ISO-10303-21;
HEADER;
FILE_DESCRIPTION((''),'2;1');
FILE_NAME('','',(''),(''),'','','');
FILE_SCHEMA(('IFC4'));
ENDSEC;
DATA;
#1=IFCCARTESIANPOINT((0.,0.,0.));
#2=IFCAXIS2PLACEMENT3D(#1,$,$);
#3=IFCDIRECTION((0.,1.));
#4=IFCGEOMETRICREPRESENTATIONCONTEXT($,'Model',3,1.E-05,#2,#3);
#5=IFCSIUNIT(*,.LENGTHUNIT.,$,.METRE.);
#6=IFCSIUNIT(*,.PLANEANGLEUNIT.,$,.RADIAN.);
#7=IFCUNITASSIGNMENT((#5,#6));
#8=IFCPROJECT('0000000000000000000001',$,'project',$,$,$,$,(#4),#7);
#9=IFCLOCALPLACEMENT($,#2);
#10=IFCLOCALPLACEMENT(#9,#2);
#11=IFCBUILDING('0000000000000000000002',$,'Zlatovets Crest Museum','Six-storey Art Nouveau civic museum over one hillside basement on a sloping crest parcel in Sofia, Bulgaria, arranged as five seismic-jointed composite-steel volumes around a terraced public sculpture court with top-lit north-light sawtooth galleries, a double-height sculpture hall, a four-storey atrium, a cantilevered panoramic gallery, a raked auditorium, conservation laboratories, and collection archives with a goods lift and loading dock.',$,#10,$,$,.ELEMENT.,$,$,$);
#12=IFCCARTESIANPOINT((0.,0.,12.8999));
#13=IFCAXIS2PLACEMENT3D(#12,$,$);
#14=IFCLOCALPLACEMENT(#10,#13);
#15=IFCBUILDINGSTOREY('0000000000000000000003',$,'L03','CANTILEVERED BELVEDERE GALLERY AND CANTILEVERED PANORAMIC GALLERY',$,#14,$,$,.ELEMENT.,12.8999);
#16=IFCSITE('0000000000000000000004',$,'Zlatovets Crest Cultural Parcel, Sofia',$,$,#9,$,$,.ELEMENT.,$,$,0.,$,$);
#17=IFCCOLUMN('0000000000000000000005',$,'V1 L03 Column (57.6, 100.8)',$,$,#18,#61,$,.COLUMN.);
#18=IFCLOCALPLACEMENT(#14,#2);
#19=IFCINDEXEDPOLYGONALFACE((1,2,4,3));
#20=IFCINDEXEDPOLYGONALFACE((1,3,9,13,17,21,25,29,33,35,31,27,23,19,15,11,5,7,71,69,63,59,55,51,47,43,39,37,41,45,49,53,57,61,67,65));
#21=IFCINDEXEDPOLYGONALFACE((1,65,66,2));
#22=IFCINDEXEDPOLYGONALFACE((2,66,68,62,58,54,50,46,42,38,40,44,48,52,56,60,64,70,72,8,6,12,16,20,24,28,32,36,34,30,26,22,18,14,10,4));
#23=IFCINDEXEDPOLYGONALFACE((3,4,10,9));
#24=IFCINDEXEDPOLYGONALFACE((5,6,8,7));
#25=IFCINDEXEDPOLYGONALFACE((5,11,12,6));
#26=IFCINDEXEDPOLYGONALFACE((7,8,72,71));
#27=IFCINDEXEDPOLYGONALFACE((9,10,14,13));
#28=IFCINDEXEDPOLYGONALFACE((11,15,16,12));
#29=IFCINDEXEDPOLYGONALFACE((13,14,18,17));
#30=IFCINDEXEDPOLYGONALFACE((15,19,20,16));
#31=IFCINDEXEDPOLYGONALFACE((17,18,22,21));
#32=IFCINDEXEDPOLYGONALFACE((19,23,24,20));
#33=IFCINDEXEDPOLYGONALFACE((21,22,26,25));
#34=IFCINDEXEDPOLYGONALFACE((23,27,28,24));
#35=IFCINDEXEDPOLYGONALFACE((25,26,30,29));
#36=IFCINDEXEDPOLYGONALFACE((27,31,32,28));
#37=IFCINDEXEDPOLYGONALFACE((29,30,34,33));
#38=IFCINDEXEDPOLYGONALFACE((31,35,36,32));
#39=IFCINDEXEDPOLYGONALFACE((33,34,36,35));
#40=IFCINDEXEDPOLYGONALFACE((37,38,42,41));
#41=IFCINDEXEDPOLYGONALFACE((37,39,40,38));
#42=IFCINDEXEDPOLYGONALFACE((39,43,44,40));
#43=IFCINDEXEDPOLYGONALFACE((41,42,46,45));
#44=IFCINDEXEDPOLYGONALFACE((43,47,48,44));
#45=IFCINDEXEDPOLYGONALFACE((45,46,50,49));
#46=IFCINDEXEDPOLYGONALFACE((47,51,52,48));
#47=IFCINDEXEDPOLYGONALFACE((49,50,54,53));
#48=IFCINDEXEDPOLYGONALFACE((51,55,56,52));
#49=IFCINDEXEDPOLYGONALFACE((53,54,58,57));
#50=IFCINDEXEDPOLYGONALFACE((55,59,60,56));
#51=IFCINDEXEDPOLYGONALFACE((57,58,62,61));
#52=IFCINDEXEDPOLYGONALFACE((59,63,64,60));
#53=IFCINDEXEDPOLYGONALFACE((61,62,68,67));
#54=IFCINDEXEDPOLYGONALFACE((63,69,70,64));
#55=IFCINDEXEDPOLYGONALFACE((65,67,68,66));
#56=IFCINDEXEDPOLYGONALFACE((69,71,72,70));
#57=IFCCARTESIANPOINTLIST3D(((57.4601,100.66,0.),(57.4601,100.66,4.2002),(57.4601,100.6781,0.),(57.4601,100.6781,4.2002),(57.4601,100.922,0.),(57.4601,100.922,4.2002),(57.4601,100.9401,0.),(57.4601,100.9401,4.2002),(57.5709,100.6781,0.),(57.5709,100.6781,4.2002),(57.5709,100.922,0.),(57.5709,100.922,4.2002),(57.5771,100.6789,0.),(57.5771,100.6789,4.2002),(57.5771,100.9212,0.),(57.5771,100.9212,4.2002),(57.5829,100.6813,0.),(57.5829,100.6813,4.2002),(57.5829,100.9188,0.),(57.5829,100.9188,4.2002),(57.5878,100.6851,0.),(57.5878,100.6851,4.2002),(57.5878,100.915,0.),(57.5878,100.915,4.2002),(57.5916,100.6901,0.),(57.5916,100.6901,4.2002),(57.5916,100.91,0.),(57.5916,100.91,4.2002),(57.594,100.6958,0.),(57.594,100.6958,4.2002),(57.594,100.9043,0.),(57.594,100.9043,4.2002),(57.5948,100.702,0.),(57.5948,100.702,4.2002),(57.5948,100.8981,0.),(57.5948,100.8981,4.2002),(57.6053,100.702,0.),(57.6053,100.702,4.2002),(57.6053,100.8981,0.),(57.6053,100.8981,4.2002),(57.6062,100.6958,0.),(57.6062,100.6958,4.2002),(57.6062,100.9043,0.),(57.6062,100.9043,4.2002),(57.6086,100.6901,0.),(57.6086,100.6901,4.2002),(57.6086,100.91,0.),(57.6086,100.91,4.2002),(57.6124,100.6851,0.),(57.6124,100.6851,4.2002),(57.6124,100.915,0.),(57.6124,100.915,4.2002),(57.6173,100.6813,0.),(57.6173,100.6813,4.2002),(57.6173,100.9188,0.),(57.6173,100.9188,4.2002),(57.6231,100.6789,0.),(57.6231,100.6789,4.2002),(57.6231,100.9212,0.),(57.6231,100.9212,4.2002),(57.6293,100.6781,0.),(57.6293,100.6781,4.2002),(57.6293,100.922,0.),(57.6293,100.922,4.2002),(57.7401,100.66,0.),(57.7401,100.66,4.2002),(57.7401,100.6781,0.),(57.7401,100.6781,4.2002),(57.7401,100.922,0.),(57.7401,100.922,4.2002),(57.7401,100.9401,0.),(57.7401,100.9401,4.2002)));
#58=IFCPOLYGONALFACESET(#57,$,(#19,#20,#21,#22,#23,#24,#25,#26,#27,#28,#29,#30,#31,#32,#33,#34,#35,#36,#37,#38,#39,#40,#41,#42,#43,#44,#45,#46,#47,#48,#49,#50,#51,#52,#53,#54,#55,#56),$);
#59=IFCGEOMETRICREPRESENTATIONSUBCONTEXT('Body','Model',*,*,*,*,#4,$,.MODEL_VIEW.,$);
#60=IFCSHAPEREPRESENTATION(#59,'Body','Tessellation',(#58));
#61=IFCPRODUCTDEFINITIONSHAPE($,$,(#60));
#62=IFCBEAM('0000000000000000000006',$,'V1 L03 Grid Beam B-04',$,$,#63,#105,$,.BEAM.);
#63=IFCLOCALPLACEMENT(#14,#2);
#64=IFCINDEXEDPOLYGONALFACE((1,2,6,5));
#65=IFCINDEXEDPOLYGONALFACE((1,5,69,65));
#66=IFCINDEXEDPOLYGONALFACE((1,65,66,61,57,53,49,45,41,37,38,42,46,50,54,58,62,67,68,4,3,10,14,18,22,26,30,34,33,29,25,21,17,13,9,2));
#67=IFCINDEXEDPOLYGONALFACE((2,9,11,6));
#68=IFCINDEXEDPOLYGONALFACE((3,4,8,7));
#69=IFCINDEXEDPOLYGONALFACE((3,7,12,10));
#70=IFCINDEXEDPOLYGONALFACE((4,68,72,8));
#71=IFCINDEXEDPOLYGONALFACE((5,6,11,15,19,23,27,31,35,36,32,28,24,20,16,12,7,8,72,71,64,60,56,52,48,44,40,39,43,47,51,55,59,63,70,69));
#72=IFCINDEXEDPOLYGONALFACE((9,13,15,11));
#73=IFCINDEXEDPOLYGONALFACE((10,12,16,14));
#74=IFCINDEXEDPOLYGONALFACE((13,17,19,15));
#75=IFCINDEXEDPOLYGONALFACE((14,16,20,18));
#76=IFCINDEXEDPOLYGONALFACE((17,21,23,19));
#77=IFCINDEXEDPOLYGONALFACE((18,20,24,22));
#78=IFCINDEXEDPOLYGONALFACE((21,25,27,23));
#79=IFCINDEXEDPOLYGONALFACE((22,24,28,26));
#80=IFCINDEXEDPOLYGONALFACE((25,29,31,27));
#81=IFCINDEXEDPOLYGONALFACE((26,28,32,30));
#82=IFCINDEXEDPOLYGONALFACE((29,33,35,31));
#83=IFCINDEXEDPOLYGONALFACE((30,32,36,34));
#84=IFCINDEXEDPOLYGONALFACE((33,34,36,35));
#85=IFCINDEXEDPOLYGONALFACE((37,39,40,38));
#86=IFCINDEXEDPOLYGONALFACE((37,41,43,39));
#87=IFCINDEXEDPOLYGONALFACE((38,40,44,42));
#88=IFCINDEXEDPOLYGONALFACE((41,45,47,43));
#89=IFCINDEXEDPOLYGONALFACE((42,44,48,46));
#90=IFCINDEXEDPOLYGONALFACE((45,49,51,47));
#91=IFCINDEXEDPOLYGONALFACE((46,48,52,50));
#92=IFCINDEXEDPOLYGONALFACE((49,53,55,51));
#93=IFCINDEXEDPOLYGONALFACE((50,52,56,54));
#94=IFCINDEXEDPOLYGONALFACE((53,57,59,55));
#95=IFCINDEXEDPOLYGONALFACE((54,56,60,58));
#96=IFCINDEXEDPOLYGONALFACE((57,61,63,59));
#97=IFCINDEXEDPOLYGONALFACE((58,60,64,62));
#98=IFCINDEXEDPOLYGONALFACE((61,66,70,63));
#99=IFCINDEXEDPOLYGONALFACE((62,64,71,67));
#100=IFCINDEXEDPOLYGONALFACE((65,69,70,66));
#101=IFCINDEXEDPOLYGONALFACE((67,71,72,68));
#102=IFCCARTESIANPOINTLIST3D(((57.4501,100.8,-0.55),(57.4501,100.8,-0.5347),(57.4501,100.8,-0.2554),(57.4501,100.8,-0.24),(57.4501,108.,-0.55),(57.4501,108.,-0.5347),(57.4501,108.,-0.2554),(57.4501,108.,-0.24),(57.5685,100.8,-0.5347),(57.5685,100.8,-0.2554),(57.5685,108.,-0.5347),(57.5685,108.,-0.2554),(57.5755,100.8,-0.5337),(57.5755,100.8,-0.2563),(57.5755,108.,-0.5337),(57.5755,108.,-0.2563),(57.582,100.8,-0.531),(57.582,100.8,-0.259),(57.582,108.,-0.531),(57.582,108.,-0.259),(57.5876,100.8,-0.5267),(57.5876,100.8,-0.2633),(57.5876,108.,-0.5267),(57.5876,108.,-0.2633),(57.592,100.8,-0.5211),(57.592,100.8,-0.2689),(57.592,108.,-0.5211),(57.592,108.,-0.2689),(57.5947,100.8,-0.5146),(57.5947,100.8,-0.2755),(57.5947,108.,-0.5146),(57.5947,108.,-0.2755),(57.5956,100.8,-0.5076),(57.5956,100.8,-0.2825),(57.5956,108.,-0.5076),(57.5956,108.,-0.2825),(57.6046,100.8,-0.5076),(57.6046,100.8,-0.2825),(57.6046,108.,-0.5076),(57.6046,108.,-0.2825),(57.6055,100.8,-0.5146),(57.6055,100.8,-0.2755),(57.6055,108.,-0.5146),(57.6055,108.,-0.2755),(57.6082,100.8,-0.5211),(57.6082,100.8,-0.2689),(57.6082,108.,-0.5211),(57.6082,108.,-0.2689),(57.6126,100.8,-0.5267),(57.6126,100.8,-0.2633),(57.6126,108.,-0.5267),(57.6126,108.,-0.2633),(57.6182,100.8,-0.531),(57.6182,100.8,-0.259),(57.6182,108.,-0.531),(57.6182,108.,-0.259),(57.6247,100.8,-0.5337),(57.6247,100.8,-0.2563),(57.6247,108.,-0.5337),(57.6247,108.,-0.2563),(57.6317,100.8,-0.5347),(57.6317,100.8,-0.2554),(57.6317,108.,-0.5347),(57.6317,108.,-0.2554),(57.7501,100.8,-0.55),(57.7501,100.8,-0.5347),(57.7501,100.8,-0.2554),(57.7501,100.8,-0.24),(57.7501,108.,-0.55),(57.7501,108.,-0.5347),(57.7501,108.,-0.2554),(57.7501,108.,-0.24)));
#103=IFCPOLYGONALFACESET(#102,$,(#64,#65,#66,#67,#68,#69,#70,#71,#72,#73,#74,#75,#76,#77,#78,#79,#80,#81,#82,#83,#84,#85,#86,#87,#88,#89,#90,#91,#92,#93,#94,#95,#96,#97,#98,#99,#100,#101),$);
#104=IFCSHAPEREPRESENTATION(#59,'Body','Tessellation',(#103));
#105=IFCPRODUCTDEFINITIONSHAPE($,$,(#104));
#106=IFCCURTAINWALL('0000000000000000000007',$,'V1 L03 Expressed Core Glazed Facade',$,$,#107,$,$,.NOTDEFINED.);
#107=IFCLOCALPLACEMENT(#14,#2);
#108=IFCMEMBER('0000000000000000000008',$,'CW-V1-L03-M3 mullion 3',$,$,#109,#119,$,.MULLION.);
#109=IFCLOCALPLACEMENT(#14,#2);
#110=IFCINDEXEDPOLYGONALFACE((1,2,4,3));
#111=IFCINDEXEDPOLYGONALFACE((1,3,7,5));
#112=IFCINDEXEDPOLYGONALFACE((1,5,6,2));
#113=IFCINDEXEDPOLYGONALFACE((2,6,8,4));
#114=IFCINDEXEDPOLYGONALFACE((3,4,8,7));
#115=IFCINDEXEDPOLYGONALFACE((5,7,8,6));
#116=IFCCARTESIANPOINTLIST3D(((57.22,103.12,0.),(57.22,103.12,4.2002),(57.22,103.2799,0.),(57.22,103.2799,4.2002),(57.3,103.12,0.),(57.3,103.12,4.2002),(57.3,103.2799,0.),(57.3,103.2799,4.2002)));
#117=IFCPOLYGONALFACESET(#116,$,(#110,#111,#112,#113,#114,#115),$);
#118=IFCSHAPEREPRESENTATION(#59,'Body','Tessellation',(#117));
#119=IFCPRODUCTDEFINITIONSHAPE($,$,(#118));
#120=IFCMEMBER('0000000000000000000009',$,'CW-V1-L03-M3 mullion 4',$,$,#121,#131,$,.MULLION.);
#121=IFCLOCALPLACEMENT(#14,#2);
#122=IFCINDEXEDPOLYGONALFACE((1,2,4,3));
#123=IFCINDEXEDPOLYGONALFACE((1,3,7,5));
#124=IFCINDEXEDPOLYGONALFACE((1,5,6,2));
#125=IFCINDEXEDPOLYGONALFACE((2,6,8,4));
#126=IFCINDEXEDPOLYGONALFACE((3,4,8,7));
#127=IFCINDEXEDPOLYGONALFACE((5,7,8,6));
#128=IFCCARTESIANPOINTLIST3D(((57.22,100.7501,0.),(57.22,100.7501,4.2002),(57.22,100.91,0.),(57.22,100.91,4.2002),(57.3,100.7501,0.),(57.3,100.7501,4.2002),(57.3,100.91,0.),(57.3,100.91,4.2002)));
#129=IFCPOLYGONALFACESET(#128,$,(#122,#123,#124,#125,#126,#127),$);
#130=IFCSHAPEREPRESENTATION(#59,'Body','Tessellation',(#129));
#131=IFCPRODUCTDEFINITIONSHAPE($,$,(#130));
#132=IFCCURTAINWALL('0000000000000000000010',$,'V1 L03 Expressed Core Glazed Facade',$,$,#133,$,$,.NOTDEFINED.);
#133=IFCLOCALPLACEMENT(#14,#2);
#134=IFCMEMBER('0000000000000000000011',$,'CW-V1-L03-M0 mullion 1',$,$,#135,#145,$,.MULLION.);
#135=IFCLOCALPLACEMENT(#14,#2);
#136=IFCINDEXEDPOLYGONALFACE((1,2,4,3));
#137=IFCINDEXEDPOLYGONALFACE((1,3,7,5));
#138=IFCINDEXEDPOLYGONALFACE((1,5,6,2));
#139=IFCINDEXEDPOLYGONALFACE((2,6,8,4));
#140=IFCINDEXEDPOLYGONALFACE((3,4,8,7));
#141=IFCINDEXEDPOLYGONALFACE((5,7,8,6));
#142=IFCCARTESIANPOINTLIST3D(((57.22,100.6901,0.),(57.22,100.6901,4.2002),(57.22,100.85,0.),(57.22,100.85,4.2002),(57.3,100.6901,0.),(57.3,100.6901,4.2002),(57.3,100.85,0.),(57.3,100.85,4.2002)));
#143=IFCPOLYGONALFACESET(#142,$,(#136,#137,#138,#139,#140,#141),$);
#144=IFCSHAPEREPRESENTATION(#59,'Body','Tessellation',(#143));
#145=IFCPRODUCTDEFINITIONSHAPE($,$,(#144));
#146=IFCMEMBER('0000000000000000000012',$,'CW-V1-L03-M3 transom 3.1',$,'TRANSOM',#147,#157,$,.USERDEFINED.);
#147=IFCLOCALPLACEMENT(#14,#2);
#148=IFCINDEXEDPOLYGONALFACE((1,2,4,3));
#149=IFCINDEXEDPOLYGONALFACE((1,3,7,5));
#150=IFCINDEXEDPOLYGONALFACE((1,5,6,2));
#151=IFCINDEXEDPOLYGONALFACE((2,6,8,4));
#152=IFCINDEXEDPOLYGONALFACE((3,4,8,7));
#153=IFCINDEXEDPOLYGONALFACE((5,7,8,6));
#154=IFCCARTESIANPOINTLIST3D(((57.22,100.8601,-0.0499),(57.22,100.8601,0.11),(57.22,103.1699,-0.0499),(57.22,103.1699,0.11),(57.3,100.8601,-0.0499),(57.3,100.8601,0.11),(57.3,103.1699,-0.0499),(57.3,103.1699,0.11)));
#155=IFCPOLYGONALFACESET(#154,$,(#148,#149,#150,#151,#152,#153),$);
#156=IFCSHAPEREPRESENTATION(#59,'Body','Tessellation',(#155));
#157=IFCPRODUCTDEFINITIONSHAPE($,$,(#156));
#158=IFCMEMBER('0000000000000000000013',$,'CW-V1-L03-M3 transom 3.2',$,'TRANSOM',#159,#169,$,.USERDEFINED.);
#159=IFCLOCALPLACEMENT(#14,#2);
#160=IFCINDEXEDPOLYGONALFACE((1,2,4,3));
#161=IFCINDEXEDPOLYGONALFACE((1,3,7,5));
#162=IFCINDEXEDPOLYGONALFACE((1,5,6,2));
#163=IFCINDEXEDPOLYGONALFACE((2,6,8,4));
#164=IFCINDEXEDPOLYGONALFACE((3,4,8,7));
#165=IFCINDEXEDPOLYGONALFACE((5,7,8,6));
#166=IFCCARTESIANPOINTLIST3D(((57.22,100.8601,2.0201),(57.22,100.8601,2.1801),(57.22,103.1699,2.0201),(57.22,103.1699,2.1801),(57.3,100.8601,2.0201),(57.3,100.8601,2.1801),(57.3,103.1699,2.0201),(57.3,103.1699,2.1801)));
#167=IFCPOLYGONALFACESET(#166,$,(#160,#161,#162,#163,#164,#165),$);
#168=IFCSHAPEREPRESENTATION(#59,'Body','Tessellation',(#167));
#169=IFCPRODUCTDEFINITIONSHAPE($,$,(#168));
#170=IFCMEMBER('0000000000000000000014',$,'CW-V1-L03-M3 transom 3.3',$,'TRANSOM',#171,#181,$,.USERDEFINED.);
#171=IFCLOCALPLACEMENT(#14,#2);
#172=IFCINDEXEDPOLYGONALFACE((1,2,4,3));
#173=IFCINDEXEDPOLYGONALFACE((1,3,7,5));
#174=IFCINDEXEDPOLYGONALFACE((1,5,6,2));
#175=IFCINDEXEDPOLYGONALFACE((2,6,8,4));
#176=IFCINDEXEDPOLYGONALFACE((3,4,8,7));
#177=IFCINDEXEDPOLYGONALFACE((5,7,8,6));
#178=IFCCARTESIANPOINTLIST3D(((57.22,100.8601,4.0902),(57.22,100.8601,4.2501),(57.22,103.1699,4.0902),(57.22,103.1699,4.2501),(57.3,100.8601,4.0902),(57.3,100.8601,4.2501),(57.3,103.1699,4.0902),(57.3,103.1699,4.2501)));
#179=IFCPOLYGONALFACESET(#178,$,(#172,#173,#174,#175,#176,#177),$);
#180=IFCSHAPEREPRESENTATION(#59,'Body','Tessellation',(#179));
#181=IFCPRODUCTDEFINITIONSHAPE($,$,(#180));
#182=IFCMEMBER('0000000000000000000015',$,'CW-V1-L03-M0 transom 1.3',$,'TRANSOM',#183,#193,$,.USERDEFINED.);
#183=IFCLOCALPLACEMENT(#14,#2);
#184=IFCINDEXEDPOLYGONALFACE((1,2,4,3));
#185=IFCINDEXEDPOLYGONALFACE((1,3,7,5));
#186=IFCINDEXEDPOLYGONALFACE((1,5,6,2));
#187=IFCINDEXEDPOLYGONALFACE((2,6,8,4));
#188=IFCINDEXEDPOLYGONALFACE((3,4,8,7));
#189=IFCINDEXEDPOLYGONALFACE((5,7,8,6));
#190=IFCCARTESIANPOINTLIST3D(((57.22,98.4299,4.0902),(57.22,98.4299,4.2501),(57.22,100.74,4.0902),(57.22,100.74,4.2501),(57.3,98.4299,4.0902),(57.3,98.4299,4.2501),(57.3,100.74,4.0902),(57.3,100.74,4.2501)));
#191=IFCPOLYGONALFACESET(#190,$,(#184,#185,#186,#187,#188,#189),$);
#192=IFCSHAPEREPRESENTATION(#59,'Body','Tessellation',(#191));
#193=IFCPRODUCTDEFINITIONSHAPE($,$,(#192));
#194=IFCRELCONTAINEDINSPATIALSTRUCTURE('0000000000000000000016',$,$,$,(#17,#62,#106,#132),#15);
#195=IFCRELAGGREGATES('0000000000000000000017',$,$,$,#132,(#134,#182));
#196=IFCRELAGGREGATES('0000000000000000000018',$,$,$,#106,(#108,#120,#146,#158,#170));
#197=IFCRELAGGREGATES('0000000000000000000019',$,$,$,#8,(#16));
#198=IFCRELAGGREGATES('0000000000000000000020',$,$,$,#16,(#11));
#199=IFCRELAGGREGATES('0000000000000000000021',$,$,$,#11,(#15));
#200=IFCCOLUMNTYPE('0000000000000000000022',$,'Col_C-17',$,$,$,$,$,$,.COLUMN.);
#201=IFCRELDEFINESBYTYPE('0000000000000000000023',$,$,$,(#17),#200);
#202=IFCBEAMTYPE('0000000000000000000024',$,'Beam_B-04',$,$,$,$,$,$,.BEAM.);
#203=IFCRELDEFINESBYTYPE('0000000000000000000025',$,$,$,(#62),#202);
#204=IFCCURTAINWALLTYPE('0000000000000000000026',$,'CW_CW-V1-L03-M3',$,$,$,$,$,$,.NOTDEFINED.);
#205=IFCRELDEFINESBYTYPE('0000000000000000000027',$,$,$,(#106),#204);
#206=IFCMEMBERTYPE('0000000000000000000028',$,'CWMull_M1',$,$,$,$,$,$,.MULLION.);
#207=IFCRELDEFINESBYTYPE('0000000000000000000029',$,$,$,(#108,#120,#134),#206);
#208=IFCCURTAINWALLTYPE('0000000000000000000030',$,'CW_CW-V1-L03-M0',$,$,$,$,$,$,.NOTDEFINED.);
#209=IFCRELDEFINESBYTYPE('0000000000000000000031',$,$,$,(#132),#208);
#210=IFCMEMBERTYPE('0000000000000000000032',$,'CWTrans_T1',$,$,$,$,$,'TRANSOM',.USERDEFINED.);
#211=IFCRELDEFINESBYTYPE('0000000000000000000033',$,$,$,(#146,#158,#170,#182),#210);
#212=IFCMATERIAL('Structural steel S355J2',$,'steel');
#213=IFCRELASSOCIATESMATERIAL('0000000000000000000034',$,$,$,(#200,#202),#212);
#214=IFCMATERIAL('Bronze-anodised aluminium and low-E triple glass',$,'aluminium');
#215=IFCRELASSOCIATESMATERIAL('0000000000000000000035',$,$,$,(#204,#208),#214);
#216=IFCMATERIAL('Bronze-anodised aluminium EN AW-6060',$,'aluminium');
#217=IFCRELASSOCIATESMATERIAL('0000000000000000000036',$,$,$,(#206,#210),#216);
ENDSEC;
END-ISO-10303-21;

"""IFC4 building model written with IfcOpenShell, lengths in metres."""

from ifc_helpers import new_model, si_unit, direction, frame, origin, origin_2d, place, context, subcontext, project, spatial, rectangle, i_section, extrude, material, material_profile, profile_set, type_object, element, aggregate, save


model = new_model("IFC4")

# Units and contexts
model_context = context("Model", 3, precision=1e-05, world=origin(), true_north=direction((0.0, 1.0)))
body_context = subcontext(model_context, "Body", "Model", "MODEL_VIEW")
ifc_project = project(units=[si_unit("LENGTHUNIT", "METRE"), si_unit("PLANEANGLEUNIT", "RADIAN")], contexts=[model_context])

# Site, building, storey
site_placement = place(None, origin())
site = spatial("IfcSite", under=ifc_project, at=site_placement, Name="Zlatovets Crest Cultural Parcel, Sofia", CompositionType="ELEMENT", RefElevation=0.0)
building_placement = place(site_placement, origin())
building = spatial("IfcBuilding", under=site, at=building_placement, Name="Zlatovets Crest Museum", Description="Six-storey Art Nouveau civic museum over one hillside basement on a sloping crest parcel in Sofia, Bulgaria, arranged as five seismic-jointed composite-steel volumes around a terraced public sculpture court with top-lit north-light sawtooth galleries, a double-height sculpture hall, a four-storey atrium, a cantilevered panoramic gallery, a raked auditorium, conservation laboratories, and collection archives with a goods lift and loading dock.", CompositionType="ELEMENT")
storey_placement = place(building_placement, frame((0.0, 0.0, 12.8999)))
storey = spatial("IfcBuildingStorey", under=building, at=storey_placement, Name="L03", Description="CANTILEVERED BELVEDERE GALLERY AND CANTILEVERED PANORAMIC GALLERY", CompositionType="ELEMENT", Elevation=12.8999)

# Column
ifc_material_1 = material(Name="Structural steel S355J2", Category="steel")
ifc_material_profile_1 = material_profile(ifc_material_1, i_section(OverallWidth=0.28, OverallDepth=0.28, WebThickness=0.0105, FlangeThickness=0.0181, FilletRadius=0.0239, at=origin_2d()), Name="HEB 280")
ifc_profile_set_1 = profile_set([ifc_material_profile_1], Name="Structural steel S355J2")
column_type = type_object("IfcColumnType", Name="Col_C-17", PredefinedType="COLUMN", material=ifc_profile_set_1)
column_placement = place(storey_placement, frame((57.6001, 100.8, 0.0), z_axis=(0.0, 0.0, 1.0), x_axis=(1.0, 0.0, 0.0)))
element("IfcColumn", 1, at=column_placement, inside=storey, type_object=column_type, Name="V1 L03 Column (57.6, 100.8)", PredefinedType="COLUMN", context=body_context, shape_type="SweptSolid", body=[
    extrude(i_section(OverallWidth=0.28, OverallDepth=0.28, WebThickness=0.0105, FlangeThickness=0.0181, FilletRadius=0.0239, at=origin_2d()), origin(), (0.0, 0.0, 1.0), 4.2002),
])

# Beam
ifc_material_profile_2 = material_profile(ifc_material_1, i_section(OverallWidth=0.3, OverallDepth=0.3101, WebThickness=0.009, FlangeThickness=0.0154, FilletRadius=0.0271, at=origin_2d()), Name="HEA 320")
ifc_profile_set_2 = profile_set([ifc_material_profile_2], Name="Structural steel S355J2")
beam_type = type_object("IfcBeamType", Name="Beam_B-04", PredefinedType="BEAM", material=ifc_profile_set_2)
beam_placement = place(storey_placement, frame((57.6001, 100.8, -0.395), z_axis=(0.0, 1.0, 0.0), x_axis=(-1.0, 0.0, 0.0)))
element("IfcBeam", 2, at=beam_placement, inside=storey, type_object=beam_type, Name="V1 L03 Grid Beam B-04", PredefinedType="BEAM", context=body_context, shape_type="SweptSolid", body=[
    extrude(i_section(OverallWidth=0.3, OverallDepth=0.3101, WebThickness=0.009, FlangeThickness=0.0154, FilletRadius=0.0271, at=origin_2d()), origin(), (0.0, 0.0, 1.0), 7.2),
])

# Curtain wall, members
ifc_material_2 = material(Name="Bronze-anodised aluminium and low-E triple glass", Category="aluminium")
curtain_wall_type_1 = type_object("IfcCurtainWallType", Name="CW_CW-V1-L03-M3", PredefinedType="NOTDEFINED", material=ifc_material_2)
curtain_wall_1_placement = place(storey_placement, origin())
curtain_wall_1 = element("IfcCurtainWall", 3, at=curtain_wall_1_placement, inside=storey, type_object=curtain_wall_type_1, Name="V1 L03 Expressed Core Glazed Facade", PredefinedType="NOTDEFINED")
ifc_material_3 = material(Name="Bronze-anodised aluminium EN AW-6060", Category="aluminium")
ifc_material_profile_3 = material_profile(ifc_material_3, rectangle(XDim=0.0801, YDim=0.1599, at=origin_2d()), Name="ALU 80x160")
ifc_profile_set_3 = profile_set([ifc_material_profile_3], Name="Bronze-anodised aluminium EN AW-6060")
member_type_1 = type_object("IfcMemberType", Name="CWMull_M1", PredefinedType="MULLION", material=ifc_profile_set_3)
member_1_placement = place(storey_placement, frame((57.26, 103.2, 0.0), z_axis=(0.0, 0.0, 1.0), x_axis=(1.0, 0.0, 0.0)))
member_1 = element("IfcMember", 4, at=member_1_placement, type_object=member_type_1, Name="CW-V1-L03-M3 mullion 3", PredefinedType="MULLION", context=body_context, shape_type="SweptSolid", body=[
    extrude(rectangle(XDim=0.0801, YDim=0.1599, at=origin_2d()), origin(), (0.0, 0.0, 1.0), 4.2002),
])
member_2_placement = place(storey_placement, frame((57.26, 100.8301, 0.0), z_axis=(0.0, 0.0, 1.0), x_axis=(1.0, 0.0, 0.0)))
member_2 = element("IfcMember", 5, at=member_2_placement, type_object=member_type_1, Name="CW-V1-L03-M3 mullion 4", PredefinedType="MULLION", context=body_context, shape_type="SweptSolid", body=[
    extrude(rectangle(XDim=0.0801, YDim=0.1599, at=origin_2d()), origin(), (0.0, 0.0, 1.0), 4.2002),
])

# Curtain wall, member
curtain_wall_type_2 = type_object("IfcCurtainWallType", Name="CW_CW-V1-L03-M0", PredefinedType="NOTDEFINED", material=ifc_material_2)
curtain_wall_2_placement = place(storey_placement, origin())
curtain_wall_2 = element("IfcCurtainWall", 6, at=curtain_wall_2_placement, inside=storey, type_object=curtain_wall_type_2, Name="V1 L03 Expressed Core Glazed Facade", PredefinedType="NOTDEFINED")
member_3_placement = place(storey_placement, frame((57.26, 100.77, 0.0), z_axis=(0.0, 0.0, 1.0), x_axis=(1.0, 0.0, 0.0)))
member_3 = element("IfcMember", 7, at=member_3_placement, type_object=member_type_1, Name="CW-V1-L03-M0 mullion 1", PredefinedType="MULLION", context=body_context, shape_type="SweptSolid", body=[
    extrude(rectangle(XDim=0.0801, YDim=0.1599, at=origin_2d()), origin(), (0.0, 0.0, 1.0), 4.2002),
])

# Members
ifc_material_profile_4 = material_profile(ifc_material_3, rectangle(XDim=0.0801, YDim=0.1599, at=origin_2d()), Name="ALU 80x160")
ifc_profile_set_4 = profile_set([ifc_material_profile_4], Name="Bronze-anodised aluminium EN AW-6060")
member_type_2 = type_object("IfcMemberType", Name="CWTrans_T1", ElementType="TRANSOM", PredefinedType="USERDEFINED", material=ifc_profile_set_4)
member_4_placement = place(storey_placement, frame((57.26, 103.1699, 0.03), z_axis=(0.0, -1.0, 0.0), x_axis=(1.0, 0.0, 0.0)))
member_4 = element("IfcMember", 8, at=member_4_placement, type_object=member_type_2, Name="CW-V1-L03-M3 transom 3.1", ObjectType="TRANSOM", PredefinedType="USERDEFINED", context=body_context, shape_type="SweptSolid", body=[
    extrude(rectangle(XDim=0.0801, YDim=0.1599, at=origin_2d()), origin(), (0.0, 0.0, 1.0), 2.3098),
])
member_5_placement = place(storey_placement, frame((57.26, 103.1699, 2.1001), z_axis=(0.0, -1.0, 0.0), x_axis=(1.0, 0.0, 0.0)))
member_5 = element("IfcMember", 9, at=member_5_placement, type_object=member_type_2, Name="CW-V1-L03-M3 transom 3.2", ObjectType="TRANSOM", PredefinedType="USERDEFINED", context=body_context, shape_type="SweptSolid", body=[
    extrude(rectangle(XDim=0.0801, YDim=0.1599, at=origin_2d()), origin(), (0.0, 0.0, 1.0), 2.3098),
])
member_6_placement = place(storey_placement, frame((57.26, 103.1699, 4.1702), z_axis=(0.0, -1.0, 0.0), x_axis=(1.0, 0.0, 0.0)))
member_6 = element("IfcMember", 10, at=member_6_placement, type_object=member_type_2, Name="CW-V1-L03-M3 transom 3.3", ObjectType="TRANSOM", PredefinedType="USERDEFINED", context=body_context, shape_type="SweptSolid", body=[
    extrude(rectangle(XDim=0.0801, YDim=0.1599, at=origin_2d()), origin(), (0.0, 0.0, 1.0), 2.3098),
])
member_7_placement = place(storey_placement, frame((57.26, 100.74, 4.1702), z_axis=(0.0, -1.0, 0.0), x_axis=(1.0, 0.0, 0.0)))
member_7 = element("IfcMember", 11, at=member_7_placement, type_object=member_type_2, Name="CW-V1-L03-M0 transom 1.3", ObjectType="TRANSOM", PredefinedType="USERDEFINED", context=body_context, shape_type="SweptSolid", body=[
    extrude(rectangle(XDim=0.0801, YDim=0.1599, at=origin_2d()), origin(), (0.0, 0.0, 1.0), 2.3101),
])
aggregate(curtain_wall_2, [member_3, member_7])

aggregate(curtain_wall_1, [member_1, member_2, member_4, member_5, member_6])

save(model, "model.ifc")
